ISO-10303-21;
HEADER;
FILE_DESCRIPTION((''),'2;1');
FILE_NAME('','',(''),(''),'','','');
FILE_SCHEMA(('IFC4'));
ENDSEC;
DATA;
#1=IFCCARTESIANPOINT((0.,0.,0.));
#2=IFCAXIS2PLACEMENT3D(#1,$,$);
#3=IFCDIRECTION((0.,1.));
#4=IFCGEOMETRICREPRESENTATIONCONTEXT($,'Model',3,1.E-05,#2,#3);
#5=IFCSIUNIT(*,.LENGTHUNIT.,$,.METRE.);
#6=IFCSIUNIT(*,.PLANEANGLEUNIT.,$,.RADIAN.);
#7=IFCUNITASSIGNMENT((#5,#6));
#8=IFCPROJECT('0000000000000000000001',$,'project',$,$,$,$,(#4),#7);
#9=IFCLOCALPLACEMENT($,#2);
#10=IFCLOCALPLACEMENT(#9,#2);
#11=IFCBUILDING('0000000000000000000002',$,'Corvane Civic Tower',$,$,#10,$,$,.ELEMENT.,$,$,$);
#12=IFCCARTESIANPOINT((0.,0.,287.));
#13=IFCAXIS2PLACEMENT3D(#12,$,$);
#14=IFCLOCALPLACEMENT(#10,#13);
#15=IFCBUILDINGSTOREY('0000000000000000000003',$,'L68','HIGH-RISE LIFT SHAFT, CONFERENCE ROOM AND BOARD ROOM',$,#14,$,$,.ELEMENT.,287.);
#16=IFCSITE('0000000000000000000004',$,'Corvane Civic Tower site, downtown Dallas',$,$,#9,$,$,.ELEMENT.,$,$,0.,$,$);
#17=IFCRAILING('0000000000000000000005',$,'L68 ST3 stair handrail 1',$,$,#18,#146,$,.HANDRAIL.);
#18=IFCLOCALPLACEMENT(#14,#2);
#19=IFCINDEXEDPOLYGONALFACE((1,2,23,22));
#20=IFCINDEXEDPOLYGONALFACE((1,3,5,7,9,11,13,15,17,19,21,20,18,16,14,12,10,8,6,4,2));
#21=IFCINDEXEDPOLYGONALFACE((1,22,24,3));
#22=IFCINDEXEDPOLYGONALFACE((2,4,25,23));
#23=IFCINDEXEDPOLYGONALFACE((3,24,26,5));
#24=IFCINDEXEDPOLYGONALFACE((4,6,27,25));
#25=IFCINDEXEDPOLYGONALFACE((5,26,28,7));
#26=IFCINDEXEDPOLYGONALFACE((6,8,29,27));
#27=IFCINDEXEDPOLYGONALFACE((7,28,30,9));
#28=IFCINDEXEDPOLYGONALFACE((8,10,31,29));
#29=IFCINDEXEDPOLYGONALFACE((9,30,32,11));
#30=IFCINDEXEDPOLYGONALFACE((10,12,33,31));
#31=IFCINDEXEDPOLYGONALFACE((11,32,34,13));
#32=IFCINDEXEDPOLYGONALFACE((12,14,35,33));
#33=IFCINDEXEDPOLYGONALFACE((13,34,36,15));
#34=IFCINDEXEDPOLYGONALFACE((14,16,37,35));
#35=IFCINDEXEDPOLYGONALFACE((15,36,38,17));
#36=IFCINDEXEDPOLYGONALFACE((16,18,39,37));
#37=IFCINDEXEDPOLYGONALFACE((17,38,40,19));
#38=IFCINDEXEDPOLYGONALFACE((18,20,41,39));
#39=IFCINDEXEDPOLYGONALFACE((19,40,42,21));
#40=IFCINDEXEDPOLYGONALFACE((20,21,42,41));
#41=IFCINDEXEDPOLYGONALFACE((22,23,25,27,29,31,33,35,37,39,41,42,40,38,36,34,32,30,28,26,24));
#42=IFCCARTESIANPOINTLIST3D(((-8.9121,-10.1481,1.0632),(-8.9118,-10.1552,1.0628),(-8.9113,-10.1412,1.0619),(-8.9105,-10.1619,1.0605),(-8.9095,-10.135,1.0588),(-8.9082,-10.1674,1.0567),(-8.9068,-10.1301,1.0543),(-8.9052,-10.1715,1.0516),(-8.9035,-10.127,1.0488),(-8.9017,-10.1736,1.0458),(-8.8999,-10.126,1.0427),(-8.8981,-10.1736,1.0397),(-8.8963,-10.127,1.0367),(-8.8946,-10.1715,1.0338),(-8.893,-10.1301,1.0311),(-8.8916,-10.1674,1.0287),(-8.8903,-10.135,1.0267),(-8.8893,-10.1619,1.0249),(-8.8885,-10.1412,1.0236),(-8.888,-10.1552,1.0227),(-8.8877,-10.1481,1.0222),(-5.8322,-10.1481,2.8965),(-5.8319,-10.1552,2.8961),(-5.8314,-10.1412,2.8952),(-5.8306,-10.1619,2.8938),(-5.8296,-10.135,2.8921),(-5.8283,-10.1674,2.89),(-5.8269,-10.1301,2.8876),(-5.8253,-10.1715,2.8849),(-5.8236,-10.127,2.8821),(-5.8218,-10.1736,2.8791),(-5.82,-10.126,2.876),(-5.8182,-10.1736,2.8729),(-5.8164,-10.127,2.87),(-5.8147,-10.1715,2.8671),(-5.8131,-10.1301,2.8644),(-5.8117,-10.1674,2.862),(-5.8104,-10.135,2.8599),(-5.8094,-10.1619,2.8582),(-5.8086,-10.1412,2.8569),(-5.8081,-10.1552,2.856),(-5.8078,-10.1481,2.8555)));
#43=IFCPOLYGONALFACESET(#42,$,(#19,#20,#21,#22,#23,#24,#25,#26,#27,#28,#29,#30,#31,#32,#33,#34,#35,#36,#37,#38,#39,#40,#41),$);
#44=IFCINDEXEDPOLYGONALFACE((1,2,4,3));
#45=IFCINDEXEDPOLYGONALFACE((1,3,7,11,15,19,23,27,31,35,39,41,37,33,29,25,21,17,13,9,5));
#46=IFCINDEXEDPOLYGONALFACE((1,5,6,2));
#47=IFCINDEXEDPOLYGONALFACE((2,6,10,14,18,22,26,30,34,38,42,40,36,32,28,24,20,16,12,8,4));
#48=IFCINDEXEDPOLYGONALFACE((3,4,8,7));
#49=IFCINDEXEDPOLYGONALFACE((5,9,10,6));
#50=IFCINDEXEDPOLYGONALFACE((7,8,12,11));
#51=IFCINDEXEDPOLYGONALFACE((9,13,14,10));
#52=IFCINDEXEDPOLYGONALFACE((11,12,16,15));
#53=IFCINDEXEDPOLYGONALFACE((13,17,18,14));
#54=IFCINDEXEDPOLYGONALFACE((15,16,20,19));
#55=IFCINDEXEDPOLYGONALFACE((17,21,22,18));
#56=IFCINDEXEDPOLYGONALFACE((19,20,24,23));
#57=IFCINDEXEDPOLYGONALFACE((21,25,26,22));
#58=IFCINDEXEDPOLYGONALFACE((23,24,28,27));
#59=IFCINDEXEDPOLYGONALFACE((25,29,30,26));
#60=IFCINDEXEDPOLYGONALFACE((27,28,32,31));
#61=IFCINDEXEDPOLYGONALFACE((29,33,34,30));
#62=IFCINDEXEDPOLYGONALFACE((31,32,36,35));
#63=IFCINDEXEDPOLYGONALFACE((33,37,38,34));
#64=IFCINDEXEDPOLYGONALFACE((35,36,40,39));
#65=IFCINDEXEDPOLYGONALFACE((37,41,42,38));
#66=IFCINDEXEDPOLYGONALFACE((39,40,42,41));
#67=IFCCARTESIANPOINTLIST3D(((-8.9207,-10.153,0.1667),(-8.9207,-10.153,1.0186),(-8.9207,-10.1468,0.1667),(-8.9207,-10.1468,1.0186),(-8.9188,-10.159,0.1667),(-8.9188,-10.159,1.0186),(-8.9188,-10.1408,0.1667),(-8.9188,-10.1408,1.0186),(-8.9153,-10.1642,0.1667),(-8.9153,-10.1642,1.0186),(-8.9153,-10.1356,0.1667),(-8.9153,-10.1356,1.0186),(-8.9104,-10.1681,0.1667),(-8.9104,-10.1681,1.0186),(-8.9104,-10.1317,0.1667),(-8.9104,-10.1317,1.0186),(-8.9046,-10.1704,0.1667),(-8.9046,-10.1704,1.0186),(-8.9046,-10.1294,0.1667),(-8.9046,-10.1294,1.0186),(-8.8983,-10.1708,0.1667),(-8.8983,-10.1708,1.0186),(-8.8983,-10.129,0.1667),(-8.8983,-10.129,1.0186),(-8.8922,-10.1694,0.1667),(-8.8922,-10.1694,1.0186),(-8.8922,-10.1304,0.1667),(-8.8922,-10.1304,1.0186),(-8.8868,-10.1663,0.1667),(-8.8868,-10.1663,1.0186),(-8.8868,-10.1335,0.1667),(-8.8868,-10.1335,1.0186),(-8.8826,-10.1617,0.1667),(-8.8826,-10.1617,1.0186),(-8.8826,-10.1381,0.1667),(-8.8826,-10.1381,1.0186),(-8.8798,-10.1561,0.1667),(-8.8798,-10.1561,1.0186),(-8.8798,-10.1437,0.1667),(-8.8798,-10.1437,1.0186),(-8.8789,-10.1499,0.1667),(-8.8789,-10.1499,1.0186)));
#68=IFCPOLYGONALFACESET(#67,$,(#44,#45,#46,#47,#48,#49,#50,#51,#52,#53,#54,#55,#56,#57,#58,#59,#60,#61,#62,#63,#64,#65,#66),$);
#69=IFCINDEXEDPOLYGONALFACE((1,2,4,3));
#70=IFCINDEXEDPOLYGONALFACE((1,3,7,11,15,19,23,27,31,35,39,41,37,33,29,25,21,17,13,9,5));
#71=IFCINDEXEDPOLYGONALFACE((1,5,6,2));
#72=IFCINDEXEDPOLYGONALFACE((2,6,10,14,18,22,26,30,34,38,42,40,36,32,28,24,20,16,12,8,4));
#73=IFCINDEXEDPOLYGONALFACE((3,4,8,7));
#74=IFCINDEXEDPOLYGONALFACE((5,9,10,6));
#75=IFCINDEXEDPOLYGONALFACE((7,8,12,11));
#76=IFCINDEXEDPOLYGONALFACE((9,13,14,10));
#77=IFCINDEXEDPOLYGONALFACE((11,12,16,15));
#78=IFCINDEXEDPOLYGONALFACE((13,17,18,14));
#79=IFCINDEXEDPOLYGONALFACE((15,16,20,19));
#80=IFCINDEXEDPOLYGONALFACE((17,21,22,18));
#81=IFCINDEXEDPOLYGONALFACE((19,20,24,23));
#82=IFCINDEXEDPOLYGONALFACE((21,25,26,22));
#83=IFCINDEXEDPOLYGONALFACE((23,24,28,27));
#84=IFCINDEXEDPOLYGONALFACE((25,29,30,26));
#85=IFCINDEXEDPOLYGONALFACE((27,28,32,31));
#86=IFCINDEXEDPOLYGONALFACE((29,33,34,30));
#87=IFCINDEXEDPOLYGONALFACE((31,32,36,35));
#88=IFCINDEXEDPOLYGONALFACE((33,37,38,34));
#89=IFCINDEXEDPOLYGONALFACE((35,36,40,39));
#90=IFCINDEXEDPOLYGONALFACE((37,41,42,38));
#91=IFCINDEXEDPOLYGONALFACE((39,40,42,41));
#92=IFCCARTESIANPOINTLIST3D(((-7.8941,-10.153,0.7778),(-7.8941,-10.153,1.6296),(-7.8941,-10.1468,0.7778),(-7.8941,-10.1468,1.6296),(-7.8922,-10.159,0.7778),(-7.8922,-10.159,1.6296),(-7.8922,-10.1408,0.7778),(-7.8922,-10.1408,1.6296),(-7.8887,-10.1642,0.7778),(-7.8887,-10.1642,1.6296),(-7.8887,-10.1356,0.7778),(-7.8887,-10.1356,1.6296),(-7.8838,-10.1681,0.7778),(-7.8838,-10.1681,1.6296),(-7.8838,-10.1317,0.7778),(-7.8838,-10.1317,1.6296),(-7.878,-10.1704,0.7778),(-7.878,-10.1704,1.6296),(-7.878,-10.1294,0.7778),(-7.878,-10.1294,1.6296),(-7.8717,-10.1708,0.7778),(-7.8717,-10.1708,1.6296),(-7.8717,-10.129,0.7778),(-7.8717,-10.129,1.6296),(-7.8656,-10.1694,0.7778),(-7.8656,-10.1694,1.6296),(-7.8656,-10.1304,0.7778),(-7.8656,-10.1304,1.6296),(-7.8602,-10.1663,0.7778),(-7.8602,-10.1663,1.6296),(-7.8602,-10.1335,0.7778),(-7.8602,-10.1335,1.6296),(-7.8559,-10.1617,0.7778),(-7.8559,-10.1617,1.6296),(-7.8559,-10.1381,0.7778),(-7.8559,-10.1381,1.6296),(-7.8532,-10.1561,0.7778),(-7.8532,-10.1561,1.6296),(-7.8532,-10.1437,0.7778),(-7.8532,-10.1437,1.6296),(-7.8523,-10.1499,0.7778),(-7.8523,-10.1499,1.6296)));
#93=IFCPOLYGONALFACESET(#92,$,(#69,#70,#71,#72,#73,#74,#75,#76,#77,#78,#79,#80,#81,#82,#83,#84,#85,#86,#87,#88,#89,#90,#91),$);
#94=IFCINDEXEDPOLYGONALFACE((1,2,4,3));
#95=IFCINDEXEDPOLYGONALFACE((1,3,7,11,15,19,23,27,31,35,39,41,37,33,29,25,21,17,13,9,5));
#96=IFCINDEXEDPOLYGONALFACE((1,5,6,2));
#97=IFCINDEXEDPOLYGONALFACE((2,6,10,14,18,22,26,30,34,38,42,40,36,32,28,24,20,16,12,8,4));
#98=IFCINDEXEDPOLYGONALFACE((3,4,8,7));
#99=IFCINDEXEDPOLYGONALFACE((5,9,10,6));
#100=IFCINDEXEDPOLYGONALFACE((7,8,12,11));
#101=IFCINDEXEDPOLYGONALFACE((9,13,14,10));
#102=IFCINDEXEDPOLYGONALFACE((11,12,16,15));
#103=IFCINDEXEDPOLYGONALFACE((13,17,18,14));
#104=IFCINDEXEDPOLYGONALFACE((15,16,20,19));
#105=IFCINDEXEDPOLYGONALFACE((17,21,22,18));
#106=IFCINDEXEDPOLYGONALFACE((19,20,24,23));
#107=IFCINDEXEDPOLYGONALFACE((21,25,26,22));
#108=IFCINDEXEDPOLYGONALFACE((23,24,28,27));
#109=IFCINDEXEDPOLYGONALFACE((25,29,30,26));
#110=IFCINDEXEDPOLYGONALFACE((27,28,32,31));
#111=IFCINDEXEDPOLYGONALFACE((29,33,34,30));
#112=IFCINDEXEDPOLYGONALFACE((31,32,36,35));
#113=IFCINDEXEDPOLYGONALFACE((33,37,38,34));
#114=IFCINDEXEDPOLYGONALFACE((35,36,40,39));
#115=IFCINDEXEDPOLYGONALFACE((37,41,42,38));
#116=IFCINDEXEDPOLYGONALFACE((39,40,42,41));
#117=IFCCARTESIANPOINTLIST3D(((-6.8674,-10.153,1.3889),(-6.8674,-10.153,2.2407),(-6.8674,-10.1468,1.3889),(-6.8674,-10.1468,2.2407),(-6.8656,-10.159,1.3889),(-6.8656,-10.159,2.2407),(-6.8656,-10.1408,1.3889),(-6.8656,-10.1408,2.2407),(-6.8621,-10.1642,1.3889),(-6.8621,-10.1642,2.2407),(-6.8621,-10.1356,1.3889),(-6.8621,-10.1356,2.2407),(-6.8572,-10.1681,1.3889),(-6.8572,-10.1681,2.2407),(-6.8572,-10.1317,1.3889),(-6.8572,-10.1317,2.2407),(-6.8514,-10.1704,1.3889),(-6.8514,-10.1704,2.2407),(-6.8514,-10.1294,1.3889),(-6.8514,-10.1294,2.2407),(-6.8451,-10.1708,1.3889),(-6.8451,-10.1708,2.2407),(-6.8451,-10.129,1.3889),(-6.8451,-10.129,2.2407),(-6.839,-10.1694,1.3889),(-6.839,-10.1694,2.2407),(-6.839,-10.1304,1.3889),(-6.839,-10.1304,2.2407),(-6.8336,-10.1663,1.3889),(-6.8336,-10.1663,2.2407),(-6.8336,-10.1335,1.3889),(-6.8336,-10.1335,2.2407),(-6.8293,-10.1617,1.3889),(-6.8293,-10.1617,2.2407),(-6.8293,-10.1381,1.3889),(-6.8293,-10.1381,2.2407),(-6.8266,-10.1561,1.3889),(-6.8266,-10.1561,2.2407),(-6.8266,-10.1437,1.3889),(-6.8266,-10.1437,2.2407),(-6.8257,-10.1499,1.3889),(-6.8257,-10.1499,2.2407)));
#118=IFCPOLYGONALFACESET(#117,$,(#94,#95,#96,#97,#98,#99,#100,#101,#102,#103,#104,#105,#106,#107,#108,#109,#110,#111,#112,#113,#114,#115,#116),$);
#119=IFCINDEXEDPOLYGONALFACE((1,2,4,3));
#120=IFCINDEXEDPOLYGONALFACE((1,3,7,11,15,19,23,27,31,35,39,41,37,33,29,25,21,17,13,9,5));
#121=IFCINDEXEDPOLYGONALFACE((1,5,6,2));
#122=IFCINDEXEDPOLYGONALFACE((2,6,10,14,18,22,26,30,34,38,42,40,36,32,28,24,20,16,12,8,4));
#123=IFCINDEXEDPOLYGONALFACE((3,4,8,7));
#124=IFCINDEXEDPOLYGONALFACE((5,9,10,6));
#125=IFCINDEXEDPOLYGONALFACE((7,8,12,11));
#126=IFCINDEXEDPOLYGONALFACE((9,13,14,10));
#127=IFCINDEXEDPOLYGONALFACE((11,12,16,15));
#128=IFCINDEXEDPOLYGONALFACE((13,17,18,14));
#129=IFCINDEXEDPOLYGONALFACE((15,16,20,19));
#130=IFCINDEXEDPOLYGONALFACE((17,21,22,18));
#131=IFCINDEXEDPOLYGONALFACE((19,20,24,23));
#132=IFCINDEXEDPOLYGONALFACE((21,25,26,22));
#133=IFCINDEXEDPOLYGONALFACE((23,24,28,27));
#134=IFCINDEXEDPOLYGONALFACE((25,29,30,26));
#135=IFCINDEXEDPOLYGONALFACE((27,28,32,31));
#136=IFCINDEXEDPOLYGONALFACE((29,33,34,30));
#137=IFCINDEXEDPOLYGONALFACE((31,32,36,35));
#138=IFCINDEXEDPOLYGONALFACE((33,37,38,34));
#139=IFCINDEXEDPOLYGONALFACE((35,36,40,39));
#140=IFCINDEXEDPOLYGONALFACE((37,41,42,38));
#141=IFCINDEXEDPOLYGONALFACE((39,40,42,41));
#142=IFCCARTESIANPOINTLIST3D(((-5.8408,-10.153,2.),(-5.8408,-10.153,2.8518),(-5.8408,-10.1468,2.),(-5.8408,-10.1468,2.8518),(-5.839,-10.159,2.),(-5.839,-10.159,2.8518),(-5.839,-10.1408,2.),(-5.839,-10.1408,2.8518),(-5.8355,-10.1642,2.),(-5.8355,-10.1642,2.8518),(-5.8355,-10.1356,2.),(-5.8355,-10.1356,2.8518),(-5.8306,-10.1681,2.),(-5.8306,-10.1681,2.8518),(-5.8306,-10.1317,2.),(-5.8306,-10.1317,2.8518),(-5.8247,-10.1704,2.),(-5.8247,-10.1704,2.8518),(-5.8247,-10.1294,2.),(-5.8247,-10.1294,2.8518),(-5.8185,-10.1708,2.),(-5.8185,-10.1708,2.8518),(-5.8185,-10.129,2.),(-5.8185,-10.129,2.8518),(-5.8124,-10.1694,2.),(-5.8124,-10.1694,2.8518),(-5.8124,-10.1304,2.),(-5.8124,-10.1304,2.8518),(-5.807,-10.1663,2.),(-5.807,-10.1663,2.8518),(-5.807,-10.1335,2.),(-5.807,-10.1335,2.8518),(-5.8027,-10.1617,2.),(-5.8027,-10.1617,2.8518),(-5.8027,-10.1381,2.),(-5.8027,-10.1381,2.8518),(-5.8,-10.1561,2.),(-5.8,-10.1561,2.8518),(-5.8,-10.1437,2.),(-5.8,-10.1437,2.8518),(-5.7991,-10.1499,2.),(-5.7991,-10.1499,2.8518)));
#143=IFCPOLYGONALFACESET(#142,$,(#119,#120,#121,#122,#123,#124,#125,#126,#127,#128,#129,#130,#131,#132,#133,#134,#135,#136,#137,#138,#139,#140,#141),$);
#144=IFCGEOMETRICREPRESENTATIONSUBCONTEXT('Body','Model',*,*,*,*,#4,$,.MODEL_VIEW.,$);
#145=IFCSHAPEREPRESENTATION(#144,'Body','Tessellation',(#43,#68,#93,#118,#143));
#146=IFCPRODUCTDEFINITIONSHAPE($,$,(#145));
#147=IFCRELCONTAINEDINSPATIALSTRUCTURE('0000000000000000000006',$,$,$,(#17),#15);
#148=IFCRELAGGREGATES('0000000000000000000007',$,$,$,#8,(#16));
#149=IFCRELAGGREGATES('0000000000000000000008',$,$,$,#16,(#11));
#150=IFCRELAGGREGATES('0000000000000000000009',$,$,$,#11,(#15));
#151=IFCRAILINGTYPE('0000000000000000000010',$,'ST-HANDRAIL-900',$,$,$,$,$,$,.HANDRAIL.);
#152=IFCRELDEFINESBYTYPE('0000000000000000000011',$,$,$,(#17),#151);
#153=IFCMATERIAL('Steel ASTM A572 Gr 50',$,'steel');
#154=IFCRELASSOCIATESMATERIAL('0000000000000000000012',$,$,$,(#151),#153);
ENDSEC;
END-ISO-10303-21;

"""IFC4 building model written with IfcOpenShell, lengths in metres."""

from ifc_helpers import new_model, si_unit, direction, frame, origin, origin_2d, place, context, subcontext, project, spatial, circle, extrude, material, type_object, element, save


model = new_model("IFC4")

# Units and contexts
model_context = context("Model", 3, precision=1e-05, world=origin(), true_north=direction((0.0, 1.0)))
body_context = subcontext(model_context, "Body", "Model", "MODEL_VIEW")
ifc_project = project(units=[si_unit("LENGTHUNIT", "METRE"), si_unit("PLANEANGLEUNIT", "RADIAN")], contexts=[model_context])

# Site, building, storey
site_placement = place(None, origin())
site = spatial("IfcSite", under=ifc_project, at=site_placement, Name="Corvane Civic Tower site, downtown Dallas", CompositionType="ELEMENT", RefElevation=0.0)
building_placement = place(site_placement, origin())
building = spatial("IfcBuilding", under=site, at=building_placement, Name="Corvane Civic Tower", CompositionType="ELEMENT")
storey_placement = place(building_placement, frame((0.0, 0.0, 287.0)))
storey = spatial("IfcBuildingStorey", under=building, at=storey_placement, Name="L68", Description="HIGH-RISE LIFT SHAFT, CONFERENCE ROOM AND BOARD ROOM", CompositionType="ELEMENT", Elevation=287.0)

# Railing
ifc_material_1 = material(Name="Steel ASTM A572 Gr 50", Category="steel")
railing_type_1 = type_object("IfcRailingType", Name="ST-HANDRAIL-900", PredefinedType="HANDRAIL", material=ifc_material_1)
railing_1_placement = place(storey_placement, frame((-8.8999, -10.1499, 0.1667)))
element("IfcRailing", 1, at=railing_1_placement, inside=storey, type_object=railing_type_1, Name="L68 ST3 stair handrail 1", PredefinedType="HANDRAIL", context=body_context, shape_type="SweptSolid", body=[
    extrude(circle(Radius=0.0239, at=origin_2d()), frame((0.0, 0.0, 0.876), z_axis=(0.859291, 0.0, 0.511487), x_axis=(0.0, 1.0, 0.0)), (0.0, 0.0, 1.0), 3.5842),
    extrude(circle(Radius=0.021, at=origin_2d()), origin(), (0.0, 0.0, 1.0), 0.8518),
    extrude(circle(Radius=0.021, at=origin_2d()), frame((1.0266, 0.0, 0.6111)), (0.0, 0.0, 1.0), 0.8518),
    extrude(circle(Radius=0.021, at=origin_2d()), frame((2.0532, 0.0, 1.2222)), (0.0, 0.0, 1.0), 0.8518),
    extrude(circle(Radius=0.021, at=origin_2d()), frame((3.0798, 0.0, 1.8333)), (0.0, 0.0, 1.0), 0.8518),
])

save(model, "model.ifc")
